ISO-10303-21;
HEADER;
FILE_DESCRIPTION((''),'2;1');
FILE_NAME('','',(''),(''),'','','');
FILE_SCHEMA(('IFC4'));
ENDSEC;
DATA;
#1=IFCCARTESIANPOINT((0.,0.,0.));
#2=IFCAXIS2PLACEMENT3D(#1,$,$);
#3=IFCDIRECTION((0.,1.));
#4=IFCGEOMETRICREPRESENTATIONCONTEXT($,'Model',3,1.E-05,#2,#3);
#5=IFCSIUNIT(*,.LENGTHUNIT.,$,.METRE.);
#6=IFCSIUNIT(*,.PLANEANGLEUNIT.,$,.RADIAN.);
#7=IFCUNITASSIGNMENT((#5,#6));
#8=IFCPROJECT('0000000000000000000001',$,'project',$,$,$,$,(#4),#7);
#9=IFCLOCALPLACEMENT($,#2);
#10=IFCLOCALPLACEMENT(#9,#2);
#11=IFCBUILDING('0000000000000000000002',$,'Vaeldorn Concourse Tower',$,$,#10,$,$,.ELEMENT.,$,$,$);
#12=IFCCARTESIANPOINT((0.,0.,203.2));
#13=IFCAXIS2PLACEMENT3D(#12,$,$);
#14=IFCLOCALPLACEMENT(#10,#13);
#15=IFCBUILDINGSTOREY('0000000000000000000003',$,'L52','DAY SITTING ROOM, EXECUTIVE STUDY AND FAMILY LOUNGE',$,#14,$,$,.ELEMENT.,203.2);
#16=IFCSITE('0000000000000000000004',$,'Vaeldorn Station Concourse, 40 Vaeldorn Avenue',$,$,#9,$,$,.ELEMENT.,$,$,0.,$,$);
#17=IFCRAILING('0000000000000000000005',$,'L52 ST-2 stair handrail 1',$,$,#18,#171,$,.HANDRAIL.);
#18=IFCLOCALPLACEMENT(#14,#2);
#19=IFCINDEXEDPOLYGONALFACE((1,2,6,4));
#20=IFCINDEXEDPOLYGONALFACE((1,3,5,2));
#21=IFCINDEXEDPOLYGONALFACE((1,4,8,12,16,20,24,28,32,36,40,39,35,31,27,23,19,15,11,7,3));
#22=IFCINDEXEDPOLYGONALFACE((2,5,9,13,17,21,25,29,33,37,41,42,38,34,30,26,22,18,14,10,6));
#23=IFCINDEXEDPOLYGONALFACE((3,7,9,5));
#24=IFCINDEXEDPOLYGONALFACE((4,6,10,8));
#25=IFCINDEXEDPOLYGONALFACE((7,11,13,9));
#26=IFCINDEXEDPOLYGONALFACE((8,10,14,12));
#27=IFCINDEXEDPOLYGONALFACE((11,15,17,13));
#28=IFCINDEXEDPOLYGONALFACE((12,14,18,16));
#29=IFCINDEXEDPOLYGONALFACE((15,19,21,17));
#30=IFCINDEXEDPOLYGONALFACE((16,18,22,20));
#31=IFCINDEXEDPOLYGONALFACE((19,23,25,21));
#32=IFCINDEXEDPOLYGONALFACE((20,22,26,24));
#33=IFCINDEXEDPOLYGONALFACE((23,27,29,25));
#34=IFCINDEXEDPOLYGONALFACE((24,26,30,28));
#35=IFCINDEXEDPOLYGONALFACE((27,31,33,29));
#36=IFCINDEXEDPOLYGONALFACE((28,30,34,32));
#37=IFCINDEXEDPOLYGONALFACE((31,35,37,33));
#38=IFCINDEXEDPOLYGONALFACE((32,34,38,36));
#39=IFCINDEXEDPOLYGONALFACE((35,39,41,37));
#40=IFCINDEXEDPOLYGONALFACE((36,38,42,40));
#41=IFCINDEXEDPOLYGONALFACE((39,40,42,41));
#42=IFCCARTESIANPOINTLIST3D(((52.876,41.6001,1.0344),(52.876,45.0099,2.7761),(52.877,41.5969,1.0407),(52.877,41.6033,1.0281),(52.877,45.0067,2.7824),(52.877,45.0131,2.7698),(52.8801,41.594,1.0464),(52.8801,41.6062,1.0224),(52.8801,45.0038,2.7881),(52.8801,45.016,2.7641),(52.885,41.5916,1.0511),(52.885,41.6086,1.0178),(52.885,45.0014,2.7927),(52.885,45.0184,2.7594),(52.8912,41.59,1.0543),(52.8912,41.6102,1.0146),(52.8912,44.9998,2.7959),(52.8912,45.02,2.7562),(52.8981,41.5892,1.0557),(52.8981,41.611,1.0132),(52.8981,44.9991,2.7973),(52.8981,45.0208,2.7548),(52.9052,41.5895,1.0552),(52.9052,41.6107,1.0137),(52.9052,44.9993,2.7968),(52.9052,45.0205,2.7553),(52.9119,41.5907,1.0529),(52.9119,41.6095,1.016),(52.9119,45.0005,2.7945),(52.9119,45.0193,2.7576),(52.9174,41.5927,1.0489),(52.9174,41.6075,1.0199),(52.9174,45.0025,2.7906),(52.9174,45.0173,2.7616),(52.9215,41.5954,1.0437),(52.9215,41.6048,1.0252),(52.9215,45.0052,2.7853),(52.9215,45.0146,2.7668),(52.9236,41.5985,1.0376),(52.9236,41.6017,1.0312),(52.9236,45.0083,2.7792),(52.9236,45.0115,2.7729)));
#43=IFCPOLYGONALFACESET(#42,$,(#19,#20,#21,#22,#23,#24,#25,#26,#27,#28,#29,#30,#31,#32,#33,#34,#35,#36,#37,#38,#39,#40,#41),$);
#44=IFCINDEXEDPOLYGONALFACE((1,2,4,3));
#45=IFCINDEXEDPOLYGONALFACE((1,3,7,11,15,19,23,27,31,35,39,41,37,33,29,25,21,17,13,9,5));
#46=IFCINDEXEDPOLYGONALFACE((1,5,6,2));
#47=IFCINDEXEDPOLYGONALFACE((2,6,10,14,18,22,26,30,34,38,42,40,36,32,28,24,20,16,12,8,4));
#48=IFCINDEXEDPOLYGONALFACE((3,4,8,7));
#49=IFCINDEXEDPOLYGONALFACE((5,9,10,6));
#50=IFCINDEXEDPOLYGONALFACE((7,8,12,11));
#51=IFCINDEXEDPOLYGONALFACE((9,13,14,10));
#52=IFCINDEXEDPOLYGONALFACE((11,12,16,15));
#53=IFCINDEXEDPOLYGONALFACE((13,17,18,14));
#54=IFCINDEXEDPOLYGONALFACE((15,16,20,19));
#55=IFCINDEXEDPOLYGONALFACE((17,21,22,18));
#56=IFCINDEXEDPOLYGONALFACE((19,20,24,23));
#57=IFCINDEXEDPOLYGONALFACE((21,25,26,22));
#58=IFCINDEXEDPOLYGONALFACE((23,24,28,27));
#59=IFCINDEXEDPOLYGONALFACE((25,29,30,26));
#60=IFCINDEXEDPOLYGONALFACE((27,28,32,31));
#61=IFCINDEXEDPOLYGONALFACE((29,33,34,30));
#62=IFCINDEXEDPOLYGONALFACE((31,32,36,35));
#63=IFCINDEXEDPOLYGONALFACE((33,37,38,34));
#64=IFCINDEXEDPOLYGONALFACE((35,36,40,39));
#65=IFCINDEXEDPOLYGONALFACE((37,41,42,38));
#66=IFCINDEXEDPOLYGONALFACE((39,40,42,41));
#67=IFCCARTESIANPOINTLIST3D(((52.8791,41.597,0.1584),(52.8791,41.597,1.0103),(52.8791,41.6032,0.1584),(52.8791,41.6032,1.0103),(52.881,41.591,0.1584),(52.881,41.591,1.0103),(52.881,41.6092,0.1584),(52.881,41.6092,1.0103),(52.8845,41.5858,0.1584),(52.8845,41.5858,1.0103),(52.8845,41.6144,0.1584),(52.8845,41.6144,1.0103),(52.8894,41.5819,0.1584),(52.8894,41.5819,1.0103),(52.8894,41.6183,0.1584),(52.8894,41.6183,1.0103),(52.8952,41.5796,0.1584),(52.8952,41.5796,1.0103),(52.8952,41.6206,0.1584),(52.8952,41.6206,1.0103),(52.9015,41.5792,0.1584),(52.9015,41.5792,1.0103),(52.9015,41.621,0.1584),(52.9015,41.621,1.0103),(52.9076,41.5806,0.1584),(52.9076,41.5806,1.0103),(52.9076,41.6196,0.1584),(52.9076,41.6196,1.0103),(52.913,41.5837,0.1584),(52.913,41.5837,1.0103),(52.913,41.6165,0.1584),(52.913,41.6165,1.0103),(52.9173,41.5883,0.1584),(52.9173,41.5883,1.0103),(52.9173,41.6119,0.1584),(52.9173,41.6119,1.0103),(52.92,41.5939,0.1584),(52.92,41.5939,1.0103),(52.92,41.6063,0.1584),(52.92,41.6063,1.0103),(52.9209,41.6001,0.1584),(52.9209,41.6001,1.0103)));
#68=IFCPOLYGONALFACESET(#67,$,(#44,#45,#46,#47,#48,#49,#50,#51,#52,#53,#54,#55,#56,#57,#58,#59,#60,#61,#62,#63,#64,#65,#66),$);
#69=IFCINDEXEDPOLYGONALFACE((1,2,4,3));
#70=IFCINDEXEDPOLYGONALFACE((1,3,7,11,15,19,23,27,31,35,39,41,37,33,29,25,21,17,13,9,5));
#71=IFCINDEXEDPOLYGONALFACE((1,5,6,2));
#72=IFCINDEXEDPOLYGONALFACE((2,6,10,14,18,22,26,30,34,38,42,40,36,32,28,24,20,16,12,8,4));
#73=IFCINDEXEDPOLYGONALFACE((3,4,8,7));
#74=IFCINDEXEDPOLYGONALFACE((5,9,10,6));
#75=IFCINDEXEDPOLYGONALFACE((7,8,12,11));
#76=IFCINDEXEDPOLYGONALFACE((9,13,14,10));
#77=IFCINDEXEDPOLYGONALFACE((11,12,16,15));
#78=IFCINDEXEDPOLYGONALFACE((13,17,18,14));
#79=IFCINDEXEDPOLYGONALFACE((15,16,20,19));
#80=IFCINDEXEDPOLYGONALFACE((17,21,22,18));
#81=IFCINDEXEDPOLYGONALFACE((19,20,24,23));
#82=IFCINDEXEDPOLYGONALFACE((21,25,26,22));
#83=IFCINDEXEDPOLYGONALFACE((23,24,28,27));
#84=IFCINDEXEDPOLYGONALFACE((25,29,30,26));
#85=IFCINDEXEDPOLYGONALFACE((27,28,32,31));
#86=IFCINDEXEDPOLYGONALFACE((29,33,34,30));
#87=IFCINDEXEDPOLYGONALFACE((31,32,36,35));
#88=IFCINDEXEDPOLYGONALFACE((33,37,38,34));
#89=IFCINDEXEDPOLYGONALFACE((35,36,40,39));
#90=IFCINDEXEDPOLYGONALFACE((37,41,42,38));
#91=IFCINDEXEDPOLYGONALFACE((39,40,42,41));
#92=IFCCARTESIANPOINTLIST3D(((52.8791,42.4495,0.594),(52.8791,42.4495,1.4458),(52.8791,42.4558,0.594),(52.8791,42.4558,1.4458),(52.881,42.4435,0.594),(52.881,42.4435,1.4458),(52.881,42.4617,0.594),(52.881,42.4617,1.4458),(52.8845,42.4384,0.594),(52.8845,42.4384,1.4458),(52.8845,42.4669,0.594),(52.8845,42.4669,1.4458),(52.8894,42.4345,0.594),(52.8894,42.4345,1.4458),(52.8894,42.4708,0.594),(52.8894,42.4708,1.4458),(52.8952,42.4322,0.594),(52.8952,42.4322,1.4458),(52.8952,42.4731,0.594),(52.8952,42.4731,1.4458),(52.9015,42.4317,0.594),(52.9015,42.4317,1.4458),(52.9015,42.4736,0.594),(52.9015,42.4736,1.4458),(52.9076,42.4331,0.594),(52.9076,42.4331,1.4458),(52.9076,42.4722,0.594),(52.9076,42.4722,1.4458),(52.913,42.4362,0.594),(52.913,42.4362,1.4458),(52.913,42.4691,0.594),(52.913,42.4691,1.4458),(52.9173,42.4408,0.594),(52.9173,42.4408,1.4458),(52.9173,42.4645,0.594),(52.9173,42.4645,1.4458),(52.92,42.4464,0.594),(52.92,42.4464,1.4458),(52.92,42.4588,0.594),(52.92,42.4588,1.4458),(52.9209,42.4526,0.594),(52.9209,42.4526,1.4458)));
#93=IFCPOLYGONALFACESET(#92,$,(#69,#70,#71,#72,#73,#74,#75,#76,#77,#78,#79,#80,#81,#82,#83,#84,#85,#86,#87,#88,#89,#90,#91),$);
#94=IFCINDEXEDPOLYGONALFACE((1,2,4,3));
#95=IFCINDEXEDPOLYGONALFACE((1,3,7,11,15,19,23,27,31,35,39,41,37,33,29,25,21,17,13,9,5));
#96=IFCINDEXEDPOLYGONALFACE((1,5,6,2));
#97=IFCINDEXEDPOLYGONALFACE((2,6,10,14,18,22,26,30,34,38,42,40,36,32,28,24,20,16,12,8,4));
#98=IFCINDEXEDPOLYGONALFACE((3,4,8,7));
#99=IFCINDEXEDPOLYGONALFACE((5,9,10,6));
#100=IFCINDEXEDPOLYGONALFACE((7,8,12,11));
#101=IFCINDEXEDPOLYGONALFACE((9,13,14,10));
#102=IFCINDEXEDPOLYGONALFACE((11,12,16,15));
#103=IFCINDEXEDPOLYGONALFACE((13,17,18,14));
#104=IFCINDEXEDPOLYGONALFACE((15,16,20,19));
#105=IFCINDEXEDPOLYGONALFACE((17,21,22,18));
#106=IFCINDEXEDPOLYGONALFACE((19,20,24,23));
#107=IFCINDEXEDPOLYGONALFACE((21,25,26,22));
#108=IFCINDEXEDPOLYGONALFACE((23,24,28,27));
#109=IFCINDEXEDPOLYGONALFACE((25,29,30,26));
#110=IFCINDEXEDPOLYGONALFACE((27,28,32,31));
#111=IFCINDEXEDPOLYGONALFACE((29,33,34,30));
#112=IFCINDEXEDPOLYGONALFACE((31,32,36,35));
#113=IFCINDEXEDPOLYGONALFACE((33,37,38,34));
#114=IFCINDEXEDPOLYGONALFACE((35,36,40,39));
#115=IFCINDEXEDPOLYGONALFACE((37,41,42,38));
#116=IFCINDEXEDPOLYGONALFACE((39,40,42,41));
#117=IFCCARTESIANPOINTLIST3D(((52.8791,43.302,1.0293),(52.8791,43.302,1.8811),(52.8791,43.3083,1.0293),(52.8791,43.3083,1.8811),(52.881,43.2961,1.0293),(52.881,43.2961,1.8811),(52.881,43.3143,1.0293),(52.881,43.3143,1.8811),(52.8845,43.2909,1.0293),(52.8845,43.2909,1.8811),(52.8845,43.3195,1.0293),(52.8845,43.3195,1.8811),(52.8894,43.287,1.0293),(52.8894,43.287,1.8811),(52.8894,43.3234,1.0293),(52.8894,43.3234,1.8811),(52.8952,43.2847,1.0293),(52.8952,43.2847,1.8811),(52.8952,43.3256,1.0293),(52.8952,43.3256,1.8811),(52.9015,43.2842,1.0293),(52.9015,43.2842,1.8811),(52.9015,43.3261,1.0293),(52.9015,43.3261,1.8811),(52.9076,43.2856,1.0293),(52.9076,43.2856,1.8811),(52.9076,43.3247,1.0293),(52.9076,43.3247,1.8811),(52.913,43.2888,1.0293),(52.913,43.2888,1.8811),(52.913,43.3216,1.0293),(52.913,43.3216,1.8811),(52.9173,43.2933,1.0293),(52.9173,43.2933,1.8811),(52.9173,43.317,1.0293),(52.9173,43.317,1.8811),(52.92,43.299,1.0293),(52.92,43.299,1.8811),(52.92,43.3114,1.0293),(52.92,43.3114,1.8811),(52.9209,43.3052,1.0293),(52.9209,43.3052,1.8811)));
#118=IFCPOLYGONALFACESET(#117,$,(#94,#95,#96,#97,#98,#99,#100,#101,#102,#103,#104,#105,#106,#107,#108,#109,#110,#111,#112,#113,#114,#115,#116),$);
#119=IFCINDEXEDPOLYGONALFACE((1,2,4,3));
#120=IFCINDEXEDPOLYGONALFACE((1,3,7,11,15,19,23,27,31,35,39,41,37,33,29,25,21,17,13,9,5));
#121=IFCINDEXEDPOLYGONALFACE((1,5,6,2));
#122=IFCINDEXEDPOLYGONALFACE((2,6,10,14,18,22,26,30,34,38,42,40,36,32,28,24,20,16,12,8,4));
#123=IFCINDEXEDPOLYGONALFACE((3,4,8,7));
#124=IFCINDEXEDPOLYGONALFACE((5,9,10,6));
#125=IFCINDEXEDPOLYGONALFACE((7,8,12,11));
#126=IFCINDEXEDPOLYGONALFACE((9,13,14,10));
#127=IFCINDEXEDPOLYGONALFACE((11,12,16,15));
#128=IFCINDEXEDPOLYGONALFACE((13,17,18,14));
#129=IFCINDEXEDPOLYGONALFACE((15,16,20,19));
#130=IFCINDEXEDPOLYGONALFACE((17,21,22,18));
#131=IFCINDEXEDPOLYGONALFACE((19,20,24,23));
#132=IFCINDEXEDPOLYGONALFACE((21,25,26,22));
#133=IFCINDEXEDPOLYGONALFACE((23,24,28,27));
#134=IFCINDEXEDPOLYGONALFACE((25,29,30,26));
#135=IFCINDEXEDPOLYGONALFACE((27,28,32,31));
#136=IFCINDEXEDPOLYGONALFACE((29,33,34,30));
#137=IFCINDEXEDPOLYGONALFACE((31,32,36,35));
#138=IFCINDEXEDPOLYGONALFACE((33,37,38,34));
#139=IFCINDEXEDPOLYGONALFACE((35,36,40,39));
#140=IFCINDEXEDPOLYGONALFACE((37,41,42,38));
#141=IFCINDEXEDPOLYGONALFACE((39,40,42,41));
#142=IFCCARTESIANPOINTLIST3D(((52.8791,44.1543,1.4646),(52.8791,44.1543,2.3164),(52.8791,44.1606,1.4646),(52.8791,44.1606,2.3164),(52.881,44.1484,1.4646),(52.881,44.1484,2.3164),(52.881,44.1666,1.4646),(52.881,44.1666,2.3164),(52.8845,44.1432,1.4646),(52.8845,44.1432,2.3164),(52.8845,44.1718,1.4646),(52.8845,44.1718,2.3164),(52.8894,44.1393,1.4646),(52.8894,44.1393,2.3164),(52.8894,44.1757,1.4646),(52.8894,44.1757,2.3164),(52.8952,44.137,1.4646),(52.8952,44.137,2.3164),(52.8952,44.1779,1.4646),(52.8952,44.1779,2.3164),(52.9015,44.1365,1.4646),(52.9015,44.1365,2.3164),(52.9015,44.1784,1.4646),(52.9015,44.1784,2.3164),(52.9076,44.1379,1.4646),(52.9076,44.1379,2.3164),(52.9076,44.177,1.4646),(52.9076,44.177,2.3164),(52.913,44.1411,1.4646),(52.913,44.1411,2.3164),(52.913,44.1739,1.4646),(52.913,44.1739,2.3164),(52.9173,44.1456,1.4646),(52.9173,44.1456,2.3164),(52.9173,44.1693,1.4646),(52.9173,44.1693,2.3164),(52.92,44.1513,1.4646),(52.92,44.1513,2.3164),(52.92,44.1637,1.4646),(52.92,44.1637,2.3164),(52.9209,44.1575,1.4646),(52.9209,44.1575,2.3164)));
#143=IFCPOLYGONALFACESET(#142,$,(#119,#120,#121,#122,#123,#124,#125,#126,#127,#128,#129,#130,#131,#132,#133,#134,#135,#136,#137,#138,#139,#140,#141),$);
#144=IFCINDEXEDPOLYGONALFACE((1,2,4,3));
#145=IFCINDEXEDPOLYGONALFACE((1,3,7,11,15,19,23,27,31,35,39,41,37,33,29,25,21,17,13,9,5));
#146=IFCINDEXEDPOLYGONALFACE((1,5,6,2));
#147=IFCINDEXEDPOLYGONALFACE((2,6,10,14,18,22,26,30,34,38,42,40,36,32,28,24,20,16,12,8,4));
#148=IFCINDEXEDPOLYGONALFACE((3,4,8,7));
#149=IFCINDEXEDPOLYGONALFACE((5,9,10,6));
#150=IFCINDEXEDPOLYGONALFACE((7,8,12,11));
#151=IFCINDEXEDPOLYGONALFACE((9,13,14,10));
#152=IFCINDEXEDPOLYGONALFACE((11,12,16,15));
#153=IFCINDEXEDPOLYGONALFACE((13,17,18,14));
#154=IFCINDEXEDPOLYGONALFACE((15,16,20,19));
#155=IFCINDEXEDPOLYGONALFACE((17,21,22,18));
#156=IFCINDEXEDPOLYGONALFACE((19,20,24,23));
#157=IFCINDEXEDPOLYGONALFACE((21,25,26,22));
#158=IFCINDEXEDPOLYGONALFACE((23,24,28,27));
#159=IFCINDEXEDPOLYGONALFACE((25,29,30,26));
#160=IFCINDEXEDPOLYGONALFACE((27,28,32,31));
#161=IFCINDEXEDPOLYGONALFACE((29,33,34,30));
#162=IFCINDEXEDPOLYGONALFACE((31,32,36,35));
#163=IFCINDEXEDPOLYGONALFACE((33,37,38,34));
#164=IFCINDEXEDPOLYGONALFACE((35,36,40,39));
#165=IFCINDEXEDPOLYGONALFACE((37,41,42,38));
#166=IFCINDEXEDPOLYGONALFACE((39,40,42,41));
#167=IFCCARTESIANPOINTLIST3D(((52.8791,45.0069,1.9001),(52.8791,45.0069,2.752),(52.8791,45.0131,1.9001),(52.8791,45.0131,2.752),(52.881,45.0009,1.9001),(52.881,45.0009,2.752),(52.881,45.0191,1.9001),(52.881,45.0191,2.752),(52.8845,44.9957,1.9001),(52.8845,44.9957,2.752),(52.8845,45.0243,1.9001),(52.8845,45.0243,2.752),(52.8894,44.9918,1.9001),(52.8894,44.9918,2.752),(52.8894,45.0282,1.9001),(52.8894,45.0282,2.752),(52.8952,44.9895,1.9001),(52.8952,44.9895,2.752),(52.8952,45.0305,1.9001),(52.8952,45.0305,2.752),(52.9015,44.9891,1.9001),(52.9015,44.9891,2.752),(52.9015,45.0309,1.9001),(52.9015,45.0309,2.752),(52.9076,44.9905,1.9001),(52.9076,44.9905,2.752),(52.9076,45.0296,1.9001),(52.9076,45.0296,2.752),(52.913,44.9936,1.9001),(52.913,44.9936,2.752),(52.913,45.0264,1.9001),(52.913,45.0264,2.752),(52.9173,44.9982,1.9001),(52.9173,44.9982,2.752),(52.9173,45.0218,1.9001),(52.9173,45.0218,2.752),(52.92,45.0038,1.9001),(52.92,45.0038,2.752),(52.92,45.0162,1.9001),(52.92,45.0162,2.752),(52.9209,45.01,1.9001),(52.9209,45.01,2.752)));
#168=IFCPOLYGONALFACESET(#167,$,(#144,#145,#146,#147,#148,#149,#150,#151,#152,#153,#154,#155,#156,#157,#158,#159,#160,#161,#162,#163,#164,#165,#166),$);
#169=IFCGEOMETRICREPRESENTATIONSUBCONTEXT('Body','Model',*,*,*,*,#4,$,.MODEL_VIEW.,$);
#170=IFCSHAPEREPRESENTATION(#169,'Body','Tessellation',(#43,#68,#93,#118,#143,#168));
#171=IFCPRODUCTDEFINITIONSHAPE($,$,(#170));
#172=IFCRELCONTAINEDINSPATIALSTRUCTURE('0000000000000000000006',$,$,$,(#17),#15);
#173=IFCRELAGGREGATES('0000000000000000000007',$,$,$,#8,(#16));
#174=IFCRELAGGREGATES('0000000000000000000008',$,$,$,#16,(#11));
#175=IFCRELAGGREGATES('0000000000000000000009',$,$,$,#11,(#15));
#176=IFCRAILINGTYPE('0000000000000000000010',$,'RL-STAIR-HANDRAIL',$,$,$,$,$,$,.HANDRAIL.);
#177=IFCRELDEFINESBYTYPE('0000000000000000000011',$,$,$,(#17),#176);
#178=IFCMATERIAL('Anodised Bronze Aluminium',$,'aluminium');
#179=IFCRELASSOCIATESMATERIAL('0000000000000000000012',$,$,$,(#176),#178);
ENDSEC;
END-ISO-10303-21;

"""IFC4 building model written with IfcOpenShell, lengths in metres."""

from ifc_helpers import new_model, si_unit, direction, frame, origin, origin_2d, place, context, subcontext, project, spatial, circle, extrude, material, type_object, element, save


model = new_model("IFC4")

# Units and contexts
model_context = context("Model", 3, precision=1e-05, world=origin(), true_north=direction((0.0, 1.0)))
body_context = subcontext(model_context, "Body", "Model", "MODEL_VIEW")
ifc_project = project(units=[si_unit("LENGTHUNIT", "METRE"), si_unit("PLANEANGLEUNIT", "RADIAN")], contexts=[model_context])

# Site, building, storey
site_placement = place(None, origin())
site = spatial("IfcSite", under=ifc_project, at=site_placement, Name="Vaeldorn Station Concourse, 40 Vaeldorn Avenue", CompositionType="ELEMENT", RefElevation=0.0)
building_placement = place(site_placement, origin())
building = spatial("IfcBuilding", under=site, at=building_placement, Name="Vaeldorn Concourse Tower", CompositionType="ELEMENT")
storey_placement = place(building_placement, frame((0.0, 0.0, 203.2)))
storey = spatial("IfcBuildingStorey", under=building, at=storey_placement, Name="L52", Description="DAY SITTING ROOM, EXECUTIVE STUDY AND FAMILY LOUNGE", CompositionType="ELEMENT", Elevation=203.2)

# Shared definitions
ifc_material_1 = material(Name="Anodised Bronze Aluminium", Category="aluminium")

# Railing
railing_type_1 = type_object("IfcRailingType", Name="RL-STAIR-HANDRAIL", PredefinedType="HANDRAIL", material=ifc_material_1)
railing_1_placement = place(storey_placement, frame((52.8999, 41.6001, 0.1584)))
element("IfcRailing", 1, at=railing_1_placement, inside=storey, type_object=railing_type_1, Name="L52 ST-2 stair handrail 1", PredefinedType="HANDRAIL", context=body_context, shape_type="SweptSolid", body=[
    extrude(circle(Radius=0.0239, at=origin_2d()), frame((0.0, 0.0, 0.876), z_axis=(0.0, 0.890556, 0.454874), x_axis=(-1.0, 0.0, 0.0)), (0.0, 0.0, 1.0), 3.8289),
    extrude(circle(Radius=0.021, at=origin_2d()), origin(), (0.0, 0.0, 1.0), 0.8518),
    extrude(circle(Radius=0.021, at=origin_2d()), frame((0.0, 0.8525, 0.4355)), (0.0, 0.0, 1.0), 0.8518),
    extrude(circle(Radius=0.021, at=origin_2d()), frame((0.0, 1.7051, 0.8708)), (0.0, 0.0, 1.0), 0.8518),
    extrude(circle(Radius=0.021, at=origin_2d()), frame((0.0, 2.5574, 1.3062)), (0.0, 0.0, 1.0), 0.8518),
    extrude(circle(Radius=0.021, at=origin_2d()), frame((0.0, 3.4099, 1.7417)), (0.0, 0.0, 1.0), 0.8518),
])

save(model, "model.ifc")
